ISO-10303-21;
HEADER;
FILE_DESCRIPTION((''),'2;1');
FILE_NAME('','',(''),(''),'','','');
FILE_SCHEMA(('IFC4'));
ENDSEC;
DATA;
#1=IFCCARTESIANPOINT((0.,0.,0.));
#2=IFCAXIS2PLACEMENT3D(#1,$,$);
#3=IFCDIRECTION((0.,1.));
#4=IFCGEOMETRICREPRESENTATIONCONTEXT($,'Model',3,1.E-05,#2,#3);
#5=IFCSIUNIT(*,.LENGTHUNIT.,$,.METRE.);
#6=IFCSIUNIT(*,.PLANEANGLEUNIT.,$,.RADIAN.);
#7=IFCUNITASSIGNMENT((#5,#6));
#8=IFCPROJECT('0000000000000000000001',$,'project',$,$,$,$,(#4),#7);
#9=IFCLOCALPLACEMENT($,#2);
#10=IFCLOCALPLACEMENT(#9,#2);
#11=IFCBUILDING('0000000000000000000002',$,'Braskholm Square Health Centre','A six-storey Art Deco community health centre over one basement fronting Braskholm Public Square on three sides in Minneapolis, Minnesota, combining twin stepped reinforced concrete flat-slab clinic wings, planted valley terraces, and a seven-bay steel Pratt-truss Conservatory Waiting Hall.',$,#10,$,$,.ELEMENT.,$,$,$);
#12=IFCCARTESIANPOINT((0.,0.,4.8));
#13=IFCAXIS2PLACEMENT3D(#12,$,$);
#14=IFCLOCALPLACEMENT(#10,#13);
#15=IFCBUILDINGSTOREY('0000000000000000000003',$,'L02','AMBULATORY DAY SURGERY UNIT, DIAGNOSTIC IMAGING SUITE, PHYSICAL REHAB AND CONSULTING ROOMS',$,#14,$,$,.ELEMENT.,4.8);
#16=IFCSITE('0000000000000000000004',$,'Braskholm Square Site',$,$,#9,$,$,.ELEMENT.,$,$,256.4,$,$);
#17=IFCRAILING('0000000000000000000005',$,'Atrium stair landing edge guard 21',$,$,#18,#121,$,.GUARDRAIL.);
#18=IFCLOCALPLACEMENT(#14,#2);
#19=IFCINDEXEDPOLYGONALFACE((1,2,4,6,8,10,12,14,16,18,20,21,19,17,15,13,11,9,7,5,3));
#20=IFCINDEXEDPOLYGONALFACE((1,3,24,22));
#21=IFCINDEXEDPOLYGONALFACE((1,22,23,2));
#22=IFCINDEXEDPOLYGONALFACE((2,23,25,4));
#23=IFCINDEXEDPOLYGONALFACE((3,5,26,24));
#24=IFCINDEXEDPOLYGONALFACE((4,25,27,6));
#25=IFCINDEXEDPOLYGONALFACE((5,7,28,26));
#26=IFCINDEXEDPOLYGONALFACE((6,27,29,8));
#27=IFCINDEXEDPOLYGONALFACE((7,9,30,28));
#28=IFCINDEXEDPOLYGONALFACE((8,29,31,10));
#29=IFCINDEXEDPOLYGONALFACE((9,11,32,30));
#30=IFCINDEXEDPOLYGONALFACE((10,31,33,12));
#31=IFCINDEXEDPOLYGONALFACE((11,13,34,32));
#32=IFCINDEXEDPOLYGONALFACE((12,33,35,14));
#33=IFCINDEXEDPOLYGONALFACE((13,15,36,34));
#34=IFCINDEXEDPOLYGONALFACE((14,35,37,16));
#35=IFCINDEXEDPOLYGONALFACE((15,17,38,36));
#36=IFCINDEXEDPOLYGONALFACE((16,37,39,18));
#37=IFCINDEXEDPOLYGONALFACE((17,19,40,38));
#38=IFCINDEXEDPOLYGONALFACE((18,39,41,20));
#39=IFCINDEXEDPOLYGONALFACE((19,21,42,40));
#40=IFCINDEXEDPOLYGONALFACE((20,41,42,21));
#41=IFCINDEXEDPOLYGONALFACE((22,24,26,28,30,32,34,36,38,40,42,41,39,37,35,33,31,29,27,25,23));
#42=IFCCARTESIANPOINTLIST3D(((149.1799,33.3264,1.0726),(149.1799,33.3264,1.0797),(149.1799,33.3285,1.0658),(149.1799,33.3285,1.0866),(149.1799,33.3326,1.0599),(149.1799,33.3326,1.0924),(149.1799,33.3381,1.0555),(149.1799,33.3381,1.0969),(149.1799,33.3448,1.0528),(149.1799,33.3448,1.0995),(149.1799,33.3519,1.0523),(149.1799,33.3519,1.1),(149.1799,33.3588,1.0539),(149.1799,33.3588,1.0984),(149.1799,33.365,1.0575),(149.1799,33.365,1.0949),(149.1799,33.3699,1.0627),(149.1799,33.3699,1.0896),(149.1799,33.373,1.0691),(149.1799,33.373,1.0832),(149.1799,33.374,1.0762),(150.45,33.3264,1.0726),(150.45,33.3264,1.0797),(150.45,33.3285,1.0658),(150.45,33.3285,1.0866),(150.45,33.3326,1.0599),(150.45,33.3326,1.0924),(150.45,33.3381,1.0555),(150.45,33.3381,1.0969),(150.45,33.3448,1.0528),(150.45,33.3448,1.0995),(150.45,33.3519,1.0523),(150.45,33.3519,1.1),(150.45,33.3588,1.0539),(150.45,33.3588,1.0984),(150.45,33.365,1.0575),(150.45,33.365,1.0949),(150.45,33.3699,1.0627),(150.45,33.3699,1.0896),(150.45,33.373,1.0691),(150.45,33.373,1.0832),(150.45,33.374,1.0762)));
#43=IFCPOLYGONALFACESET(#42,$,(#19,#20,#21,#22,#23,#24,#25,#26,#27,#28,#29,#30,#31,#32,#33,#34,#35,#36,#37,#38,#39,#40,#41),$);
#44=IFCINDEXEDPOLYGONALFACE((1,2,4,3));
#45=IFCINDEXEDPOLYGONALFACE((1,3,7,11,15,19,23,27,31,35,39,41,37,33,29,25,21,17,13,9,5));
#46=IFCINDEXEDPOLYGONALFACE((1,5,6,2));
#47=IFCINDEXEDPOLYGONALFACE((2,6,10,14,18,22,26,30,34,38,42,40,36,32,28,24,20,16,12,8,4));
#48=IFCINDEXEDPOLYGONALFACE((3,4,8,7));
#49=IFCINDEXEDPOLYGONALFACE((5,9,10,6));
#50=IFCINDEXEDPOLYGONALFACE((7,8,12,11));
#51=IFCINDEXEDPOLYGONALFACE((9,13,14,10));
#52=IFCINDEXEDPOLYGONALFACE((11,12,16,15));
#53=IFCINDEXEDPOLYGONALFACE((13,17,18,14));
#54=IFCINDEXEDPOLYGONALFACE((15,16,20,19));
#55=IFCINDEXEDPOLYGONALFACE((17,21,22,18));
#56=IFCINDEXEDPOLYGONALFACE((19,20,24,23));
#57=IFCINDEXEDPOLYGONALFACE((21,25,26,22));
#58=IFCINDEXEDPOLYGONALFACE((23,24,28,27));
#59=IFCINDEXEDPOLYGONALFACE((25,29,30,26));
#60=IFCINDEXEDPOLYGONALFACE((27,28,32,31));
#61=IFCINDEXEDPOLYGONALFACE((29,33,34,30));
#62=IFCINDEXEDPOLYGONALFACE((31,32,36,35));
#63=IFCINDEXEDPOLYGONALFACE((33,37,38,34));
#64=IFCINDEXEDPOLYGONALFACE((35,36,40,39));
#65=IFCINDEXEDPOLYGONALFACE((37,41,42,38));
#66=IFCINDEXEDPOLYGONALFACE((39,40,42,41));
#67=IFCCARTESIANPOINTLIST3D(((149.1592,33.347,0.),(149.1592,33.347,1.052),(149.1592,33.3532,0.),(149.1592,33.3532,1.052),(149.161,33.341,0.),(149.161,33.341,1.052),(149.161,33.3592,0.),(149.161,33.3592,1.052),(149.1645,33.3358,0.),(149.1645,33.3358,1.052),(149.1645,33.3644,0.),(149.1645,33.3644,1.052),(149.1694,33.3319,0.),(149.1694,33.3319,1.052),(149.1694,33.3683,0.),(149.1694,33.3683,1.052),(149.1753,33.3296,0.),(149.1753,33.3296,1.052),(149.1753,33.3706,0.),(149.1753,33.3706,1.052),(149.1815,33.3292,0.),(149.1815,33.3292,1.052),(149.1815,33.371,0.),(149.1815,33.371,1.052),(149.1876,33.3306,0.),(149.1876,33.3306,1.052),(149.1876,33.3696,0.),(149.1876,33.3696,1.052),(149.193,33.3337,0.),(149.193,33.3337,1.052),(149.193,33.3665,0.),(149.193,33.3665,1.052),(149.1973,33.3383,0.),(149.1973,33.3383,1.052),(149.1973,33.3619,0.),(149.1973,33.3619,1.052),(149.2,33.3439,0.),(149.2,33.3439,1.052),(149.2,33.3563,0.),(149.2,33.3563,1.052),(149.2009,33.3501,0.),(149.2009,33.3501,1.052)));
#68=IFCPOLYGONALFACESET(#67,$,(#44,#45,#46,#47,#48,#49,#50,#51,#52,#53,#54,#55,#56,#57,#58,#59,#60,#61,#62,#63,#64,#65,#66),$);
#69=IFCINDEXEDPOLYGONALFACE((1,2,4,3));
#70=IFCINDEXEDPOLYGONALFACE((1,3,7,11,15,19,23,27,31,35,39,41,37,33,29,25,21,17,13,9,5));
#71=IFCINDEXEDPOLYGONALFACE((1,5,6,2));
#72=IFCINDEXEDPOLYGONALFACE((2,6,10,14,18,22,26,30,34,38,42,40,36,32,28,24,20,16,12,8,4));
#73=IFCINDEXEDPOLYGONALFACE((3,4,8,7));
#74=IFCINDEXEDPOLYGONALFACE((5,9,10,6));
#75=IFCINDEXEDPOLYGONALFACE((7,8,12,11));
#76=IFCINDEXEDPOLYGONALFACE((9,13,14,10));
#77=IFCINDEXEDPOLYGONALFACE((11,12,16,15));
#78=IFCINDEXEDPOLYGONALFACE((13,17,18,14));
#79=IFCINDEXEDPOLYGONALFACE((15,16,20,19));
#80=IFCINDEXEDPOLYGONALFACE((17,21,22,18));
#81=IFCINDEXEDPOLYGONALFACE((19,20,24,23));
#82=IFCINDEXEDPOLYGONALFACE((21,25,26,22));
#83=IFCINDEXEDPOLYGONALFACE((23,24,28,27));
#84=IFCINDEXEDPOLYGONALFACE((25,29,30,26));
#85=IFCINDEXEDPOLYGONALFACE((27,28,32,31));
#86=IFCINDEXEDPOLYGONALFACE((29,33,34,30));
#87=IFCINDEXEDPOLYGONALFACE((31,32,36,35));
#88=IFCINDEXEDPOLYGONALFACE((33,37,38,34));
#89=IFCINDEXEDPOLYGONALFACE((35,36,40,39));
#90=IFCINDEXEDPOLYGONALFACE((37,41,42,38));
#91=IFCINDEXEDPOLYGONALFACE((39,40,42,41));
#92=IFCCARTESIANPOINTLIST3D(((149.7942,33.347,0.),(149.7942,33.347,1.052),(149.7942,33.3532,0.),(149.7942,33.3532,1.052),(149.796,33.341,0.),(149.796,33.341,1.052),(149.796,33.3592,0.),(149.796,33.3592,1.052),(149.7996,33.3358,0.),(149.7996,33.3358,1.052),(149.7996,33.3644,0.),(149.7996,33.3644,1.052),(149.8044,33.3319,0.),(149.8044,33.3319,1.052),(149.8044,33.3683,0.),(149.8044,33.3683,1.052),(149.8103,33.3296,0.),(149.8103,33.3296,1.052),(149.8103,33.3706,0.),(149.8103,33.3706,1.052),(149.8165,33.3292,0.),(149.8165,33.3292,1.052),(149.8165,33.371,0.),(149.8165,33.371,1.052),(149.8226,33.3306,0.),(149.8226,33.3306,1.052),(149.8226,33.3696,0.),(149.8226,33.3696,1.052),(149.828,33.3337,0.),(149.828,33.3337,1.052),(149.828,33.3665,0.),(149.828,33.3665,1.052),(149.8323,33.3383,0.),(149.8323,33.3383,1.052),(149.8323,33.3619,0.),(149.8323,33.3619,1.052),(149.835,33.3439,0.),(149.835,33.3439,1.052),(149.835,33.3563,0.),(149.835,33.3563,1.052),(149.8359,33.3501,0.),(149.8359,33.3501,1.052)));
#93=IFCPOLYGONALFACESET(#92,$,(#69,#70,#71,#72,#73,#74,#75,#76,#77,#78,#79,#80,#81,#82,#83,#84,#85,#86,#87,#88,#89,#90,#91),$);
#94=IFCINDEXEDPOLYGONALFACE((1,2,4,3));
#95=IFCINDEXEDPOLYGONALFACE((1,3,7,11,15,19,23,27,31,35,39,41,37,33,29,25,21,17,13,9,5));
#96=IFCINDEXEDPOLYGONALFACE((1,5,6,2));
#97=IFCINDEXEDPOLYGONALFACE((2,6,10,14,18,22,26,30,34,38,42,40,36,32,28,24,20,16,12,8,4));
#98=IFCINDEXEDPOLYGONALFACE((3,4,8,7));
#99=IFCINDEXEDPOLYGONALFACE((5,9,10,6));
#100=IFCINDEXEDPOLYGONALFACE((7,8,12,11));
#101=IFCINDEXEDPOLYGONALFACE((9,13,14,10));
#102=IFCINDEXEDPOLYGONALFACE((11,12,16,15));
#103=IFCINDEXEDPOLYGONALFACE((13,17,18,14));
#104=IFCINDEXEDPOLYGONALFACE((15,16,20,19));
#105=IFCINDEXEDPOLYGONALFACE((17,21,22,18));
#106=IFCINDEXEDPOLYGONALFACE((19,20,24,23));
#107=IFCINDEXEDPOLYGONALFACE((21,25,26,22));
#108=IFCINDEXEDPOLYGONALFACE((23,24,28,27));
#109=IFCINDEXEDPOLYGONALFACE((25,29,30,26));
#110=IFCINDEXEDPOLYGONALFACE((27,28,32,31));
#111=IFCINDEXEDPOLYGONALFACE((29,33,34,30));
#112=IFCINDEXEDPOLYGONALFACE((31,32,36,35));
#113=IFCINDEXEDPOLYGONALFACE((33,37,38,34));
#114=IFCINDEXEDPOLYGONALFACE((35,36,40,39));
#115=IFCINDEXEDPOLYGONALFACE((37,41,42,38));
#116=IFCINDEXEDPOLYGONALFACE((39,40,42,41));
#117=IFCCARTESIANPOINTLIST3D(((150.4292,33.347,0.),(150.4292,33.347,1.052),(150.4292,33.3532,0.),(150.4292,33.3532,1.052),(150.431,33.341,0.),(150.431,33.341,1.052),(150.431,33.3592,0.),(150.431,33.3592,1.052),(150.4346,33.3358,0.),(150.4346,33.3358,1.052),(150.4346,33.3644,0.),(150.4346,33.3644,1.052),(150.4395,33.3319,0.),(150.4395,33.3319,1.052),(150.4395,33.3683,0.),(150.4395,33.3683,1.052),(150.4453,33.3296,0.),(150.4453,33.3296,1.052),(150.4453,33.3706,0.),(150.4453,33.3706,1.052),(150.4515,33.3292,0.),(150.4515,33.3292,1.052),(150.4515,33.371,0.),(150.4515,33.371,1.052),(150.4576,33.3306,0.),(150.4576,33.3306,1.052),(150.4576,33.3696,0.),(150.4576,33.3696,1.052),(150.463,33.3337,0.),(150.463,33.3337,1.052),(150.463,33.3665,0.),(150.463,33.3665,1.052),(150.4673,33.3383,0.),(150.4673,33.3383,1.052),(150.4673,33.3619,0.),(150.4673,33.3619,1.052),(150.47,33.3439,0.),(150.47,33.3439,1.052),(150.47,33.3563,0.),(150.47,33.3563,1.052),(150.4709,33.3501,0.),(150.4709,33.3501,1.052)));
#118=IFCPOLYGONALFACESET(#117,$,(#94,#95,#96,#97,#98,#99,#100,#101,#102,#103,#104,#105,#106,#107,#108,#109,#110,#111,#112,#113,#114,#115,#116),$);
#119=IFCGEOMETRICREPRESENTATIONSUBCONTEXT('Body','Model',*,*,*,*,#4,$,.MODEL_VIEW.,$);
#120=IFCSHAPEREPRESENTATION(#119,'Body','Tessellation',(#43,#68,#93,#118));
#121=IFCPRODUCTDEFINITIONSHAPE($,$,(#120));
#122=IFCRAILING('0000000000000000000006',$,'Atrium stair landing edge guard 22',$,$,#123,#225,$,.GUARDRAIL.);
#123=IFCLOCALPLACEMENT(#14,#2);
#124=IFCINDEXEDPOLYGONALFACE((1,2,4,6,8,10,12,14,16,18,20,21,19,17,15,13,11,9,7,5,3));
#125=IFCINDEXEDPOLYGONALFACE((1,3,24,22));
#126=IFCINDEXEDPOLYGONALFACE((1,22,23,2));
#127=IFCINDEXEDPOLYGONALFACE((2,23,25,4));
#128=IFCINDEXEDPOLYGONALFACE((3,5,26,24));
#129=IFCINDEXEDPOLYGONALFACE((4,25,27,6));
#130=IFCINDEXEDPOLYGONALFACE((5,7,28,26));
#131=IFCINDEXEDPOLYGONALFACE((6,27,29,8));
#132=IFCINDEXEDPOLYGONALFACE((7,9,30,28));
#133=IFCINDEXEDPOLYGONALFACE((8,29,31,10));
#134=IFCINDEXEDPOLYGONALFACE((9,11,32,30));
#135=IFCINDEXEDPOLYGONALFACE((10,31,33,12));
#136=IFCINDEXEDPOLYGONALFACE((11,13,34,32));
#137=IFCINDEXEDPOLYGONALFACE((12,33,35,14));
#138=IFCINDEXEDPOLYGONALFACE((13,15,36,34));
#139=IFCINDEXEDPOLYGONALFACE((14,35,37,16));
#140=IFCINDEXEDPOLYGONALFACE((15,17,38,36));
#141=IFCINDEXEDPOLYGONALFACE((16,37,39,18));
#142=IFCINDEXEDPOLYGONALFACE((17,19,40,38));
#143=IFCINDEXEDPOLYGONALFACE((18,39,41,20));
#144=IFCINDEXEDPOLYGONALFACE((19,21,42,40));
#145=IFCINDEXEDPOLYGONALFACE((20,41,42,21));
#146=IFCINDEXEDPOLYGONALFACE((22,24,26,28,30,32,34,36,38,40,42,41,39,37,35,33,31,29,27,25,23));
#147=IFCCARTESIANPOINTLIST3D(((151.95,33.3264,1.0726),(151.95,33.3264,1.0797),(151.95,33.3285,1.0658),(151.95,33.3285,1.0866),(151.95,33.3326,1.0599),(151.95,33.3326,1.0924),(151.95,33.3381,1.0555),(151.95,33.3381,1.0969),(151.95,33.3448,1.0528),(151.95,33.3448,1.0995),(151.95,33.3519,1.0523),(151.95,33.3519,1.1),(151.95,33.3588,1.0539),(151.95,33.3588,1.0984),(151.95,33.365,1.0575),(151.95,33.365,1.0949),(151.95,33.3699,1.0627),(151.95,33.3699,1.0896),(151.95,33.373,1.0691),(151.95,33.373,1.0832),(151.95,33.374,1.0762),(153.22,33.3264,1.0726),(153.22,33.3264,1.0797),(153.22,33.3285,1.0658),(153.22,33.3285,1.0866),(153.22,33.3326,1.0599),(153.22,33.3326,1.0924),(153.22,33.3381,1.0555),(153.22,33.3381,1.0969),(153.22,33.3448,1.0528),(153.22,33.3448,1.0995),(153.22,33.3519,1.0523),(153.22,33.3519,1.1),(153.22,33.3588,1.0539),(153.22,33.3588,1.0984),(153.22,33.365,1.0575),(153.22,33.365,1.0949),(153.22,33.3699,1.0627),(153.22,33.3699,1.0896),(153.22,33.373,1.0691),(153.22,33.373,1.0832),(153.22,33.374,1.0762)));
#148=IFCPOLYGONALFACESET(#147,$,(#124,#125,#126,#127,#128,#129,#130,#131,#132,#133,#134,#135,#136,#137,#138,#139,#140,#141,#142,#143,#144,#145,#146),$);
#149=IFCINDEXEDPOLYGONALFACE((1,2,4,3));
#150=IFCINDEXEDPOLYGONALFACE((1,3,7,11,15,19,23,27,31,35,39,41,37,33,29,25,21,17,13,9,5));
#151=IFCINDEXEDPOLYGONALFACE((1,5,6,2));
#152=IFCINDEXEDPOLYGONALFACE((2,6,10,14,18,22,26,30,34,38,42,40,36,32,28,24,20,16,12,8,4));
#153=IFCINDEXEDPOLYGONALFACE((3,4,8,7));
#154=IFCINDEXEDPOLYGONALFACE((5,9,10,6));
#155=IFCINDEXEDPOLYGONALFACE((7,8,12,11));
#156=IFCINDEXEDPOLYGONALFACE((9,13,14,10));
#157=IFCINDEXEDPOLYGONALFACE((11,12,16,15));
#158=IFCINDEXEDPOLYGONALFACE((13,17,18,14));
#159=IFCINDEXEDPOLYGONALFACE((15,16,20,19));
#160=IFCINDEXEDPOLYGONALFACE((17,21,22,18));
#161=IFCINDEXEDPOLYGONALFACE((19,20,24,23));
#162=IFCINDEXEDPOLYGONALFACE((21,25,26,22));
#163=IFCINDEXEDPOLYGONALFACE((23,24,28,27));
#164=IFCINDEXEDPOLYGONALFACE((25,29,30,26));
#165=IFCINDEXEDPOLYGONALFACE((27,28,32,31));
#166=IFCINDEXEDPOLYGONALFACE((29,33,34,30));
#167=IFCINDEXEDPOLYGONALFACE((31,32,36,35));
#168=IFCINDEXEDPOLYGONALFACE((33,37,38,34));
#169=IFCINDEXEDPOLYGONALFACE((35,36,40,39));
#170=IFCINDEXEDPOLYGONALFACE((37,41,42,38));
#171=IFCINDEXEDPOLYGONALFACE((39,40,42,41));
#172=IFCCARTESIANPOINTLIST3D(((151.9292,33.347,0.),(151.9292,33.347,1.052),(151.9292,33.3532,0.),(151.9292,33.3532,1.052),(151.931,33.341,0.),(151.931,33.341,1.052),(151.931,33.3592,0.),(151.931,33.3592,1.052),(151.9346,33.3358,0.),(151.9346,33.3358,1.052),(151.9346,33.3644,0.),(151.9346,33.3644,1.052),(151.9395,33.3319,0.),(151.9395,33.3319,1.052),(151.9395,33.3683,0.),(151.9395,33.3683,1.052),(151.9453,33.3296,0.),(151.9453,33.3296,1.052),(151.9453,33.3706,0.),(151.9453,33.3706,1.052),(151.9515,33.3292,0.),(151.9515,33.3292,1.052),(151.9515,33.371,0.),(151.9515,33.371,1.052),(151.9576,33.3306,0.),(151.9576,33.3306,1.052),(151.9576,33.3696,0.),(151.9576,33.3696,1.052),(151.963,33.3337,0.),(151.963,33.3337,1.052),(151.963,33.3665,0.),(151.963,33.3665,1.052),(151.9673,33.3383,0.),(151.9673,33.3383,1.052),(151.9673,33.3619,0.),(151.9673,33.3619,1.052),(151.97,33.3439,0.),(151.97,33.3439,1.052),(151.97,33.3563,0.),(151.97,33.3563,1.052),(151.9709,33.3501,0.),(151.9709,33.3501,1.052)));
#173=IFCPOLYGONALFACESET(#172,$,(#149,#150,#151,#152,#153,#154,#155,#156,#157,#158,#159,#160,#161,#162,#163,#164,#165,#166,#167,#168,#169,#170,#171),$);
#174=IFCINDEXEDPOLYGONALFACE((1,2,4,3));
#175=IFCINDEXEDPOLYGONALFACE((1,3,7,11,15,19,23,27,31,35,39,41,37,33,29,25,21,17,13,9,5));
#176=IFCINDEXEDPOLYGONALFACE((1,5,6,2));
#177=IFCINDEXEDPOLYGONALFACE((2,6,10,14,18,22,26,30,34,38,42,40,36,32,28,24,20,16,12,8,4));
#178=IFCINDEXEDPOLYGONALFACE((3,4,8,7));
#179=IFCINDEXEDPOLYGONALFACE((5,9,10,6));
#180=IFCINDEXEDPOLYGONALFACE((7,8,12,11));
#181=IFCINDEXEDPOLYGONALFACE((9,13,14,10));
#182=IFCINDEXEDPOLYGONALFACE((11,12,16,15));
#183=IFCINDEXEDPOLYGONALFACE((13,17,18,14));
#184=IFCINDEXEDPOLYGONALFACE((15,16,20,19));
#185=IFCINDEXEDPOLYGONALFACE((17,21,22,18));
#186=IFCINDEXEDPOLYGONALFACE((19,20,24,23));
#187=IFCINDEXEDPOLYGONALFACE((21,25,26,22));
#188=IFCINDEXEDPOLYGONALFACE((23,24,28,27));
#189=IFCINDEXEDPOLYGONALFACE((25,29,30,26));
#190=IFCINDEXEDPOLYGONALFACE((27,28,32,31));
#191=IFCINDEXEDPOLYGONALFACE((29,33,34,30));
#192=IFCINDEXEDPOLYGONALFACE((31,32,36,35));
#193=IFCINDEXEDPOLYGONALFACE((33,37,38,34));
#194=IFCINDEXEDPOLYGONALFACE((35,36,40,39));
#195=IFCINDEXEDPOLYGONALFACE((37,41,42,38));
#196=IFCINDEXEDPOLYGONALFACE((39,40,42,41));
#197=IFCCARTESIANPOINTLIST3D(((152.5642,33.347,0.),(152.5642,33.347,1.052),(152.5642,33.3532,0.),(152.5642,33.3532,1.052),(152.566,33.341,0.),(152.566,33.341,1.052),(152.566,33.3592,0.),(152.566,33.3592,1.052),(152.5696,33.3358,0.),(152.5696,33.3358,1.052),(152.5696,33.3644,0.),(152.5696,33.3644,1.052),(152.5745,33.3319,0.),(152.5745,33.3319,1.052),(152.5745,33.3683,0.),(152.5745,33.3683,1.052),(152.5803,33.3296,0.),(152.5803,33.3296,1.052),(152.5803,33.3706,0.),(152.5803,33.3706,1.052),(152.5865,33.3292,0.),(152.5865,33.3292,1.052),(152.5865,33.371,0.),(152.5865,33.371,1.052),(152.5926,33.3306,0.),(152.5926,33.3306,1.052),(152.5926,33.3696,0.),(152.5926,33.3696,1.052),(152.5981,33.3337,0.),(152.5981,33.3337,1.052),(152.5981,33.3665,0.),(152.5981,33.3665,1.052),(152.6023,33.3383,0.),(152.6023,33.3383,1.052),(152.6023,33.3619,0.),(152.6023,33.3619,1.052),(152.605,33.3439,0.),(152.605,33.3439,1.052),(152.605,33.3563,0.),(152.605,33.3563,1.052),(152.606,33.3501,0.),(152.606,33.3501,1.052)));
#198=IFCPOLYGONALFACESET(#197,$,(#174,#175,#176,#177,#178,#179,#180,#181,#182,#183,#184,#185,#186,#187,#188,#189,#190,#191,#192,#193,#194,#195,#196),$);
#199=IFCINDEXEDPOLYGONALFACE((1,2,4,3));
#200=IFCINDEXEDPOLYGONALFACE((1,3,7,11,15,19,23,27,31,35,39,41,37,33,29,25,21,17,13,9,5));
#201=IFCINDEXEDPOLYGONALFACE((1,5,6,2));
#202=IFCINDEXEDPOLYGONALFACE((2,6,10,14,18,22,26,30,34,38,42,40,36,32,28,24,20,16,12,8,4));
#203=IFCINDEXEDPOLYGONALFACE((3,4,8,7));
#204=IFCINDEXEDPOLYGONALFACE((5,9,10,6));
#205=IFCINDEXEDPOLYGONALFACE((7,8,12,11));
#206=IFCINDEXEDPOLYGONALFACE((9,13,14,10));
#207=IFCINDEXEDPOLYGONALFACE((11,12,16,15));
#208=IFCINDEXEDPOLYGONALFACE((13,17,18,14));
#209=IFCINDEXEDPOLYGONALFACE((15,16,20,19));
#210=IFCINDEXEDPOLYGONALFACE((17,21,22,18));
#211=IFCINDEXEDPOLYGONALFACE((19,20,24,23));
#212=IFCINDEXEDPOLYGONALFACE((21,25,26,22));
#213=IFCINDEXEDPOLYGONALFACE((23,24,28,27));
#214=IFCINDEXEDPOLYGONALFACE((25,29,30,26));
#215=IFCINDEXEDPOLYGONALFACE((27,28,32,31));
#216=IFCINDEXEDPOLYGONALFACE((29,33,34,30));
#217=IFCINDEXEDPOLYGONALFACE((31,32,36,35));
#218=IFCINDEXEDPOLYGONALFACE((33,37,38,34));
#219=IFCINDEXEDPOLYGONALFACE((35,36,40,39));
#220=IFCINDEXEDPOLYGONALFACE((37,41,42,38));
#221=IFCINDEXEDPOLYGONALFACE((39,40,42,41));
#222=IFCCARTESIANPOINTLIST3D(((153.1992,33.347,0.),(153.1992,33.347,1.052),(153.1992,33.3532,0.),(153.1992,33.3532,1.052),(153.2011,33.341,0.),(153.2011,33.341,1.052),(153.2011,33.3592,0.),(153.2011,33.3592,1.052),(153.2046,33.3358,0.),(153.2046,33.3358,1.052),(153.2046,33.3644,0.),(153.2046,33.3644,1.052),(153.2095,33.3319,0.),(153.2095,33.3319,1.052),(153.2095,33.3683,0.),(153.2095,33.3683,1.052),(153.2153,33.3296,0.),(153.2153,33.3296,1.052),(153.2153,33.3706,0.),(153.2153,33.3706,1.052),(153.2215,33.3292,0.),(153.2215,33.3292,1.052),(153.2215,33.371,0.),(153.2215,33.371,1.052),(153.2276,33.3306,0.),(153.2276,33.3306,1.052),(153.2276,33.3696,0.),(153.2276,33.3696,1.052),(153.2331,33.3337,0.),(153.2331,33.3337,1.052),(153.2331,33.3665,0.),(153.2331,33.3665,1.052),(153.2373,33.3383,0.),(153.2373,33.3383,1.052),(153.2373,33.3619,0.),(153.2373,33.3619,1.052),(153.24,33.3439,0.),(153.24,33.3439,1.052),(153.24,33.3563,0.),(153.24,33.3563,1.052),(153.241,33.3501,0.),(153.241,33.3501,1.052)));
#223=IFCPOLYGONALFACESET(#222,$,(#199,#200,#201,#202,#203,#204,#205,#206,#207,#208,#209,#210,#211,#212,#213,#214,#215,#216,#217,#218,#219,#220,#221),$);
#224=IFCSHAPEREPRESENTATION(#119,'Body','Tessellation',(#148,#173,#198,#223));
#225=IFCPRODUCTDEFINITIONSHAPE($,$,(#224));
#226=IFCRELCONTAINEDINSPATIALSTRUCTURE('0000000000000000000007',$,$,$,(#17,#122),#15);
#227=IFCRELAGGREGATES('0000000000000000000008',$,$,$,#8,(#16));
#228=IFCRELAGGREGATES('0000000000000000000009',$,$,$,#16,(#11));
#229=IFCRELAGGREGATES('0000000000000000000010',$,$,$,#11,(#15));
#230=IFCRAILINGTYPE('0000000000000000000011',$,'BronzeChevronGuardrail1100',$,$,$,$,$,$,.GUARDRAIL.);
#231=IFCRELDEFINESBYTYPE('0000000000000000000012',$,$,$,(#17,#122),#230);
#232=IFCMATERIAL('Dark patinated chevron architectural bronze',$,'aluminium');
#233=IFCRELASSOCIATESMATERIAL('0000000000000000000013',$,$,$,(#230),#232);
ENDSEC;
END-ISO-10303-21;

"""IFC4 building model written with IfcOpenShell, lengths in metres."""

from ifc_helpers import new_model, si_unit, direction, frame, origin, origin_2d, place, context, subcontext, project, spatial, circle, extrude, material, type_object, element, save


model = new_model("IFC4")

# Units and contexts
model_context = context("Model", 3, precision=1e-05, world=origin(), true_north=direction((0.0, 1.0)))
body_context = subcontext(model_context, "Body", "Model", "MODEL_VIEW")
ifc_project = project(units=[si_unit("LENGTHUNIT", "METRE"), si_unit("PLANEANGLEUNIT", "RADIAN")], contexts=[model_context])

# Site, building, storey
site_placement = place(None, origin())
site = spatial("IfcSite", under=ifc_project, at=site_placement, Name="Braskholm Square Site", CompositionType="ELEMENT", RefElevation=256.4)
building_placement = place(site_placement, origin())
building = spatial("IfcBuilding", under=site, at=building_placement, Name="Braskholm Square Health Centre", Description="A six-storey Art Deco community health centre over one basement fronting Braskholm Public Square on three sides in Minneapolis, Minnesota, combining twin stepped reinforced concrete flat-slab clinic wings, planted valley terraces, and a seven-bay steel Pratt-truss Conservatory Waiting Hall.", CompositionType="ELEMENT")
storey_placement = place(building_placement, frame((0.0, 0.0, 4.8)))
storey = spatial("IfcBuildingStorey", under=building, at=storey_placement, Name="L02", Description="AMBULATORY DAY SURGERY UNIT, DIAGNOSTIC IMAGING SUITE, PHYSICAL REHAB AND CONSULTING ROOMS", CompositionType="ELEMENT", Elevation=4.8)

# Railings
ifc_material_1 = material(Name="Dark patinated chevron architectural bronze", Category="aluminium")
railing_type_1 = type_object("IfcRailingType", Name="BronzeChevronGuardrail1100", PredefinedType="GUARDRAIL", material=ifc_material_1)
for number, where, name in (
    (1, (149.1799, 33.3501, 0.0), "Atrium stair landing edge guard 21"),
    (2, (151.95, 33.3501, 0.0), "Atrium stair landing edge guard 22"),
):
    element("IfcRailing", number, at=place(storey_placement, frame(where)), inside=storey, type_object=railing_type_1, Name=name, PredefinedType="GUARDRAIL", context=body_context, shape_type="SweptSolid", body=[
        extrude(circle(Radius=0.0239, at=origin_2d()), frame((0.0, 0.0, 1.0762), z_axis=(1.0, 0.0, 0.0), x_axis=(0.0, 1.0, 0.0)), (0.0, 0.0, 1.0), 1.27),
        extrude(circle(Radius=0.021, at=origin_2d()), origin(), (0.0, 0.0, 1.0), 1.052),
        extrude(circle(Radius=0.021, at=origin_2d()), frame((0.635, 0.0, 0.0)), (0.0, 0.0, 1.0), 1.052),
        extrude(circle(Radius=0.021, at=origin_2d()), frame((1.27, 0.0, 0.0)), (0.0, 0.0, 1.0), 1.052),
    ])

save(model, "model.ifc")
